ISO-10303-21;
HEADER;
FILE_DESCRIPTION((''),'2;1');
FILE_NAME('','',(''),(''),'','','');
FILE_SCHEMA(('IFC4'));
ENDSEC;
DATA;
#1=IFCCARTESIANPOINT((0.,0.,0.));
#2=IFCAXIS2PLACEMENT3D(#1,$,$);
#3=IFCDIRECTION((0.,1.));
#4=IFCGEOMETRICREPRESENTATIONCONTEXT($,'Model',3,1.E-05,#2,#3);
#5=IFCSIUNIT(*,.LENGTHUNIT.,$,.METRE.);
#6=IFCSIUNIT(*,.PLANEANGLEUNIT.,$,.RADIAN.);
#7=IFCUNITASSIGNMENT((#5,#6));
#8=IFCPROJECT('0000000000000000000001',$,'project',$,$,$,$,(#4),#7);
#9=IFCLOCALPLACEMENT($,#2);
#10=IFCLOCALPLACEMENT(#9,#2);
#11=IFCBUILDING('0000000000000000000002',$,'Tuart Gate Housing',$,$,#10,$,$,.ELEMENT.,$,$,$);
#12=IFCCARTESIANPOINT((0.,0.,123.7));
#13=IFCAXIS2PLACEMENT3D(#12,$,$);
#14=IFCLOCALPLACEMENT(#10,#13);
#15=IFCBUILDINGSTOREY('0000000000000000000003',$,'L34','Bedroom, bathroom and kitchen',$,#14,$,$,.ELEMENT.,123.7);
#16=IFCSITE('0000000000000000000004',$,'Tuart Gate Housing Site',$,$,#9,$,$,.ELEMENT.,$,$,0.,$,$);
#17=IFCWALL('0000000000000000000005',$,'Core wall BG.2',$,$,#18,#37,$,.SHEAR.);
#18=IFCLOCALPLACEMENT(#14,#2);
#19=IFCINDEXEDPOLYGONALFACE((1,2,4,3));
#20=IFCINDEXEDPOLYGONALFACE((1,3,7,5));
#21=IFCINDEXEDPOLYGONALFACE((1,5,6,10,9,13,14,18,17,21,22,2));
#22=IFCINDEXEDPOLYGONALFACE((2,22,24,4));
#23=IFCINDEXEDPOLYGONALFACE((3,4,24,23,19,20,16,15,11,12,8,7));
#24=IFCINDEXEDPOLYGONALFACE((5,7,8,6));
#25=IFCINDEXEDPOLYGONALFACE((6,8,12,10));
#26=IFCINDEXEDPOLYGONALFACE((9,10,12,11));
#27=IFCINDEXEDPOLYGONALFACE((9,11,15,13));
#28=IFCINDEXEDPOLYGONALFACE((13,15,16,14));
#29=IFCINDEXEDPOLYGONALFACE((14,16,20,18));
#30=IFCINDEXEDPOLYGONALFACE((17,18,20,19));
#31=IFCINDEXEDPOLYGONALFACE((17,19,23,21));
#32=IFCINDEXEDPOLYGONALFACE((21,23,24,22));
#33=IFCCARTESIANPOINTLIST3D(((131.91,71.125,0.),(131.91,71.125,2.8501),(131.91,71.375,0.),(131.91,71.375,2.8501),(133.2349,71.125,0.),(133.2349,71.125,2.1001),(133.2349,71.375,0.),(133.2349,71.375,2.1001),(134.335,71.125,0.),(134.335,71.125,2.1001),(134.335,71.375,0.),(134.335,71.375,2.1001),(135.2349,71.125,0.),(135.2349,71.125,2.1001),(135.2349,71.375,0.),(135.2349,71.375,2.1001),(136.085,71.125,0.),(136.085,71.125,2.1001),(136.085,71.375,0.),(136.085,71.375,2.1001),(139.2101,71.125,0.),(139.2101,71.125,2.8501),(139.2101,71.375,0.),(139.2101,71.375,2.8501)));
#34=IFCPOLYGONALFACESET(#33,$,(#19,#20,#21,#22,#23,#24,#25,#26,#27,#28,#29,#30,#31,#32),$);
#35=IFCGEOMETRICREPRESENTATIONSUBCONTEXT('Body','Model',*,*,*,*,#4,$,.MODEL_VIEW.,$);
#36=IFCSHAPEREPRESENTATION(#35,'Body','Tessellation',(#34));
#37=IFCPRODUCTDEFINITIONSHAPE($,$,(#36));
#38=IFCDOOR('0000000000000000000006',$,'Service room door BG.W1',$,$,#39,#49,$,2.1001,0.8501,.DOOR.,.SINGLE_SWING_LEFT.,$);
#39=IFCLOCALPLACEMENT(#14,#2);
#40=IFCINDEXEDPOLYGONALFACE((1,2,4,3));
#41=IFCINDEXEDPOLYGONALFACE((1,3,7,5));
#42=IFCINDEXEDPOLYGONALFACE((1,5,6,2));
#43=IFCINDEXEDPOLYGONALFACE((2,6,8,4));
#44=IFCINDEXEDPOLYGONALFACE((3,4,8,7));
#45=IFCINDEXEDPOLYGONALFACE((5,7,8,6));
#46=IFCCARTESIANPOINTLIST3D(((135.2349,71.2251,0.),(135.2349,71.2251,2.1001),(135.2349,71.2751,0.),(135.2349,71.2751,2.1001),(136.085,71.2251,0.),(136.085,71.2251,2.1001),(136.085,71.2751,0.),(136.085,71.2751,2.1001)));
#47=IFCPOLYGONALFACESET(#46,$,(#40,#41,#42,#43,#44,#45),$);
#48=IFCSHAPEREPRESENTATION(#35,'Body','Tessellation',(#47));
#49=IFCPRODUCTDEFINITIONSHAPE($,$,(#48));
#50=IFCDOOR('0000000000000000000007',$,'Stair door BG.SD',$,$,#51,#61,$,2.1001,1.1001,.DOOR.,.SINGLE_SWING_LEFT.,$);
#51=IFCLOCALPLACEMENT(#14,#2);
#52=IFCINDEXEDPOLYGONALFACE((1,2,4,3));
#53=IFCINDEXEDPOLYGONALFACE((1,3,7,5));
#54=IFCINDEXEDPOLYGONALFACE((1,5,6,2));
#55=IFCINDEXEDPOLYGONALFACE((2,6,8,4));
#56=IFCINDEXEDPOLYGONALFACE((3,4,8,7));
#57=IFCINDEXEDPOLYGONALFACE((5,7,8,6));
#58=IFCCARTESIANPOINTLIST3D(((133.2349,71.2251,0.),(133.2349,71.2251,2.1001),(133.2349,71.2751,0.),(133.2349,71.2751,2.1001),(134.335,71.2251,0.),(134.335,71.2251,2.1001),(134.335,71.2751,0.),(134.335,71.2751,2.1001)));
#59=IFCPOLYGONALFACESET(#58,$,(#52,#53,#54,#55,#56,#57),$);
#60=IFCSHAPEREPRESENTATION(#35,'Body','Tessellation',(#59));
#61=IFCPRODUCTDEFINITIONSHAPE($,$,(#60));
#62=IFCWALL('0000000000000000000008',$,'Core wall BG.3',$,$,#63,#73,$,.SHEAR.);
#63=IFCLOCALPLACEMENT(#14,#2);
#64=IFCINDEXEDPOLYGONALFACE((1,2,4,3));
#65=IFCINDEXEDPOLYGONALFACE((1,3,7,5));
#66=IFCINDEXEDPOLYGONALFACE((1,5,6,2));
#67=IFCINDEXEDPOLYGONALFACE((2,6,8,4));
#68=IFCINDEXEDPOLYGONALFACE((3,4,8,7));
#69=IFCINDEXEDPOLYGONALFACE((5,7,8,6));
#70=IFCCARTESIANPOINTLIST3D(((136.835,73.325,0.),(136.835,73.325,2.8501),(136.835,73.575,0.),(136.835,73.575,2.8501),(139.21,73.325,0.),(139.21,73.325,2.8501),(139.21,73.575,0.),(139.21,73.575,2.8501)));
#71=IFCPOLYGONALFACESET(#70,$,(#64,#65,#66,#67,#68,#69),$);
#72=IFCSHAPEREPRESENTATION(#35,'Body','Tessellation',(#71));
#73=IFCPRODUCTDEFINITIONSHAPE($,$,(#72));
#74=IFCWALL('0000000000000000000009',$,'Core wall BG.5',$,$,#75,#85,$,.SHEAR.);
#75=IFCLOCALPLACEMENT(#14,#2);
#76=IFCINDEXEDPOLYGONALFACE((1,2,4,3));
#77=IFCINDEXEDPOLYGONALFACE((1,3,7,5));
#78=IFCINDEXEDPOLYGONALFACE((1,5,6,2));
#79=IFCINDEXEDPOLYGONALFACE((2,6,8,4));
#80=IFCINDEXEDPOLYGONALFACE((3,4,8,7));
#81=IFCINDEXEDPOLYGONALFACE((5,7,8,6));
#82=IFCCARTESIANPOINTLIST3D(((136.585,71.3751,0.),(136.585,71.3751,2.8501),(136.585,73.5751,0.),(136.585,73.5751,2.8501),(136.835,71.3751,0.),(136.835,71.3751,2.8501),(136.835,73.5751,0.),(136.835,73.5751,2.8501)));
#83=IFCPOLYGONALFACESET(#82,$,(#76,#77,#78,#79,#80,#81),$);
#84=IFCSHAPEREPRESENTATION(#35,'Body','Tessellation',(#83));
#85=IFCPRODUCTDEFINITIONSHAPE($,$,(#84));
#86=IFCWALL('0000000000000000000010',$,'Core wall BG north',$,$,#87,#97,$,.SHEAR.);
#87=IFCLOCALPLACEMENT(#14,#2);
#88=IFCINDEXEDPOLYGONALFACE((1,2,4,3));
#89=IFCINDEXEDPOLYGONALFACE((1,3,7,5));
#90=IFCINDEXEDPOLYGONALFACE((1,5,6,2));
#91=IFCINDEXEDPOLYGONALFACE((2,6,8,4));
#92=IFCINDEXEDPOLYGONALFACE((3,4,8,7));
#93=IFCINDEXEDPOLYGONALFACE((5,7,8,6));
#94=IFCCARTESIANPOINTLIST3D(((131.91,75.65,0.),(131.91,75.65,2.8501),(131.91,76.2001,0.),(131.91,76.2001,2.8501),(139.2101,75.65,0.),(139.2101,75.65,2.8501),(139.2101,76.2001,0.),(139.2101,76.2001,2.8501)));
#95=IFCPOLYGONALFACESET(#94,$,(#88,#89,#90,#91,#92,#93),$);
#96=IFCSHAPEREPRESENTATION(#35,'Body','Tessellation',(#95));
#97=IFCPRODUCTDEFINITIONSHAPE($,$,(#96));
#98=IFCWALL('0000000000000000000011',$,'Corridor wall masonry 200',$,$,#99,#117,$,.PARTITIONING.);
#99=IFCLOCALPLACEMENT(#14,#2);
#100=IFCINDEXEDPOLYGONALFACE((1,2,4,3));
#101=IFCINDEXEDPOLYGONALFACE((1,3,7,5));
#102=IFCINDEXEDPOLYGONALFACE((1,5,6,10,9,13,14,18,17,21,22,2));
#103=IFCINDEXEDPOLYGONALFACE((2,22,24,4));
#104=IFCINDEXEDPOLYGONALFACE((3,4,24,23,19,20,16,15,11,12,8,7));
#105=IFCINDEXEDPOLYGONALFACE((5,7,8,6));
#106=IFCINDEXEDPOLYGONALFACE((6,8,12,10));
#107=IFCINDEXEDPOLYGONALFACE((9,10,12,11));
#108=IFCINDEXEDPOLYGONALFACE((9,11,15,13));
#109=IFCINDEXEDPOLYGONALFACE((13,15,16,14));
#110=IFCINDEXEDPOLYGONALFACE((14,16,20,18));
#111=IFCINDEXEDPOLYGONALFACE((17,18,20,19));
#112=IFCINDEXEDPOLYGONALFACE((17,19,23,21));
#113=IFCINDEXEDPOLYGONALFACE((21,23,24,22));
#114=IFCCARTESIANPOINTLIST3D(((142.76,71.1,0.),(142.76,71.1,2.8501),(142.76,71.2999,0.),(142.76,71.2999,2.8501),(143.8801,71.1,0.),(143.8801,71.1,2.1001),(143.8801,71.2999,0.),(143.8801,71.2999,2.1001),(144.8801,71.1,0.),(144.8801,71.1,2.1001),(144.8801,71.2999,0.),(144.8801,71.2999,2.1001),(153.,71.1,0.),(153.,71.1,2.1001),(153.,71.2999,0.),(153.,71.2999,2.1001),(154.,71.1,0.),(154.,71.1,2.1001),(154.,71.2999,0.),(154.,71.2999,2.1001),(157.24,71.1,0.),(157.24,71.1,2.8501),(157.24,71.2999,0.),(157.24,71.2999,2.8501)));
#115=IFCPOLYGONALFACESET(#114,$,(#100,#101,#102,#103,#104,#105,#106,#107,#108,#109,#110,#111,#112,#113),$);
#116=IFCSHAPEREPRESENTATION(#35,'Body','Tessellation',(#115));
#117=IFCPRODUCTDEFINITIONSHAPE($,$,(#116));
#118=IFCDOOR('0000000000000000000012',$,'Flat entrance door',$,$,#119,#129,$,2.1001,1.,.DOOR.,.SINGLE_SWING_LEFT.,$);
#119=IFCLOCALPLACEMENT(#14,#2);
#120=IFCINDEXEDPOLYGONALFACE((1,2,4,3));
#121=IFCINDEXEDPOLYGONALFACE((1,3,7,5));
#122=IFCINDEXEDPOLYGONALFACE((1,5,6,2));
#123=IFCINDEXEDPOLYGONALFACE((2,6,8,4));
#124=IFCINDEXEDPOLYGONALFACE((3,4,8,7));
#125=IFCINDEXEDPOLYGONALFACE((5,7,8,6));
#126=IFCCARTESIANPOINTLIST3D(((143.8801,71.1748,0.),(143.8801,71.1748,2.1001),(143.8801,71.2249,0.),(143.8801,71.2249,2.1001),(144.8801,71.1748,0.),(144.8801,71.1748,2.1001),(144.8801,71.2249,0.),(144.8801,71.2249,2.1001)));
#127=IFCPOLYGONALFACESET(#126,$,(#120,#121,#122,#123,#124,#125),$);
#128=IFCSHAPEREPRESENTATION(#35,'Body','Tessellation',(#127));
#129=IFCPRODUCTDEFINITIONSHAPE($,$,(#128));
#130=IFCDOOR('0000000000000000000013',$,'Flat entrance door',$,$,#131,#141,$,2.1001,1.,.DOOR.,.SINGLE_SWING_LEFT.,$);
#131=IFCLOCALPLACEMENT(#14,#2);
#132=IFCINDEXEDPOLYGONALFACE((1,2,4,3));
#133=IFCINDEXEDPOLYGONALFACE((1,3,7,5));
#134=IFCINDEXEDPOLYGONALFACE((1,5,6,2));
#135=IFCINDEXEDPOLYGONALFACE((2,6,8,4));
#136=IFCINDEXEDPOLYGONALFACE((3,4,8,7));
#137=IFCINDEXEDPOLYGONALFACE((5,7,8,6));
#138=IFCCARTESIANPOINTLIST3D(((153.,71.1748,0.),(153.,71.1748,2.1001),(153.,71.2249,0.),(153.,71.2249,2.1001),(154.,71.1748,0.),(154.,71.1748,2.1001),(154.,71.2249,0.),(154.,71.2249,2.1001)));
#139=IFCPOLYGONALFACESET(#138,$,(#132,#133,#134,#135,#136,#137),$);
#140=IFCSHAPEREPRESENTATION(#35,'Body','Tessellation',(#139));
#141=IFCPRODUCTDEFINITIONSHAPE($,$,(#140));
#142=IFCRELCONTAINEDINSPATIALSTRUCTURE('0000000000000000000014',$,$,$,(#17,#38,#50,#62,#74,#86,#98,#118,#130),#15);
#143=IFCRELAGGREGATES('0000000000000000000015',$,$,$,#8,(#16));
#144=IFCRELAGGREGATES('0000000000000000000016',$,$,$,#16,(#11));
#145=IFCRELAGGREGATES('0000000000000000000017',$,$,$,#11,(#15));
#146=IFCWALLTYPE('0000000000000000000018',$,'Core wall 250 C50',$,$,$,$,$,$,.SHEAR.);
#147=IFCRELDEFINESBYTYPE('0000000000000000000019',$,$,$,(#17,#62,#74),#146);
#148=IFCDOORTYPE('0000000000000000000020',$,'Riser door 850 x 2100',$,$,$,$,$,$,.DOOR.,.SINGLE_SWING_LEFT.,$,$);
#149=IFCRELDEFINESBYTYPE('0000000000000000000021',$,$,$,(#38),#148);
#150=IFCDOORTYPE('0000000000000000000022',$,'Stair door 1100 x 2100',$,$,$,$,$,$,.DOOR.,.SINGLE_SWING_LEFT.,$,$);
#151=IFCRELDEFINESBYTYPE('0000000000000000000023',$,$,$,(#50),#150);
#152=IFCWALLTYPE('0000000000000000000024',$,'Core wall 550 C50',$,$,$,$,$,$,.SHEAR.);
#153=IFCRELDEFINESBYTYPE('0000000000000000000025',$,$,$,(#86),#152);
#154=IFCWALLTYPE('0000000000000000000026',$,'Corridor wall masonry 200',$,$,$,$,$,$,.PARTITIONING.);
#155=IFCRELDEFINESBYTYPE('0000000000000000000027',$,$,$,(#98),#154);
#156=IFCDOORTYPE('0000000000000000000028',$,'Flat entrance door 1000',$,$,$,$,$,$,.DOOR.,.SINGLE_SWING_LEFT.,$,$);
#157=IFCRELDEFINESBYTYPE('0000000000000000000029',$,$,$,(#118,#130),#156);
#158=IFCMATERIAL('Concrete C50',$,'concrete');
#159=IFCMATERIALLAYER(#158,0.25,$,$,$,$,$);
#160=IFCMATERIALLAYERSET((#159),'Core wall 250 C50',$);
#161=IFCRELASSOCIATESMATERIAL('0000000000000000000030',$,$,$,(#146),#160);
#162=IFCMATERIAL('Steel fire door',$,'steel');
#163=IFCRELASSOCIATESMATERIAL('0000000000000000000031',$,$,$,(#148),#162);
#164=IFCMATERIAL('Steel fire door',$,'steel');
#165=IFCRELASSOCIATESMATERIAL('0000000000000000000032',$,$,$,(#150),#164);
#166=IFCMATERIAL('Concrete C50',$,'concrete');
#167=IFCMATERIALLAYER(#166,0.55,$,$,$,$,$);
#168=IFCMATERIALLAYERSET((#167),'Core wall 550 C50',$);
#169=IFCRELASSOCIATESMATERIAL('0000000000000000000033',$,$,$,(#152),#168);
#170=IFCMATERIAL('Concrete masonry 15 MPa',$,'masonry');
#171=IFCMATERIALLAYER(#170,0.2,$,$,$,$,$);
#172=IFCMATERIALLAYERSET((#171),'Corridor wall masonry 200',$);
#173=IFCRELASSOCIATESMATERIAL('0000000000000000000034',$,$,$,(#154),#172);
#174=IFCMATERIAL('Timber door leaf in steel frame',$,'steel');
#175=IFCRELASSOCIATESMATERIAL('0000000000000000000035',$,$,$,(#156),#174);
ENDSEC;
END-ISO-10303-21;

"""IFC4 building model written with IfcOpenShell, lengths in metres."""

from ifc_helpers import new_model, si_unit, direction, frame, frame_2d, origin, place, context, subcontext, project, spatial, rectangle, extrude, material, layer, layer_set, type_object, element, fill, save


model = new_model("IFC4")

# Units and contexts
model_context = context("Model", 3, precision=1e-05, world=origin(), true_north=direction((0.0, 1.0)))
body_context = subcontext(model_context, "Body", "Model", "MODEL_VIEW")
ifc_project = project(units=[si_unit("LENGTHUNIT", "METRE"), si_unit("PLANEANGLEUNIT", "RADIAN")], contexts=[model_context])

# Site, building, storey
site_placement = place(None, origin())
site = spatial("IfcSite", under=ifc_project, at=site_placement, Name="Tuart Gate Housing Site", CompositionType="ELEMENT", RefElevation=0.0)
building_placement = place(site_placement, origin())
building = spatial("IfcBuilding", under=site, at=building_placement, Name="Tuart Gate Housing", CompositionType="ELEMENT")
storey_placement = place(building_placement, frame((0.0, 0.0, 123.7)))
storey = spatial("IfcBuildingStorey", under=building, at=storey_placement, Name="L34", Description="Bedroom, bathroom and kitchen", CompositionType="ELEMENT", Elevation=123.7)

# Wall, openings, doors
ifc_material_1 = material(Name="Concrete C50", Category="concrete")
ifc_layer_1 = layer(ifc_material_1, 0.25)
ifc_layer_set_1 = layer_set([ifc_layer_1], Name="Core wall 250 C50")
wall_type_1 = type_object("IfcWallType", Name="Core wall 250 C50", PredefinedType="SHEAR", material=ifc_layer_set_1)
wall_1_placement = place(storey_placement, frame((139.21, 71.25, 0.0), z_axis=(0.0, 0.0, 1.0), x_axis=(-1.0, 0.0, 0.0)))
wall_1 = element("IfcWall", 1, at=wall_1_placement, inside=storey, type_object=wall_type_1, Name="Core wall BG.2", PredefinedType="SHEAR", context=body_context, shape_type="SweptSolid", body=[
    extrude(rectangle(XDim=7.3, YDim=0.25, at=frame_2d((3.6499, 0.0))), origin(), (0.0, 0.0, 1.0), 2.8501),
])
opening_1_placement = place(wall_1_placement, frame((4.875, 0.0, 0.0)))
opening_1 = element("IfcOpeningElement", 2, at=opening_1_placement, cuts=wall_1, PredefinedType="OPENING", context=body_context, shape_type="SweptSolid", body=[
    extrude(rectangle(XDim=1.1001, YDim=2.1001, at=frame_2d((0.55, 1.05))), frame((0.0, 0.135, 0.0), z_axis=(0.0, -1.0, 0.0), x_axis=(1.0, 0.0, 0.0)), (0.0, 0.0, 1.0), 0.27),
])
opening_2_placement = place(wall_1_placement, frame((3.125, 0.0, 0.0)))
opening_2 = element("IfcOpeningElement", 3, at=opening_2_placement, cuts=wall_1, PredefinedType="OPENING", context=body_context, shape_type="SweptSolid", body=[
    extrude(rectangle(XDim=0.8501, YDim=2.1001, at=frame_2d((0.425, 1.05))), frame((0.0, 0.135, 0.0), z_axis=(0.0, -1.0, 0.0), x_axis=(1.0, 0.0, 0.0)), (0.0, 0.0, 1.0), 0.27),
])
ifc_material_2 = material(Name="Steel fire door", Category="steel")
door_type_1 = type_object("IfcDoorType", Name="Riser door 850 x 2100", OperationType="SINGLE_SWING_LEFT", PredefinedType="DOOR", material=ifc_material_2)
door_1_placement = place(opening_2_placement, origin())
door_1 = element("IfcDoor", 4, at=door_1_placement, inside=storey, type_object=door_type_1, Name="Service room door BG.W1", OperationType="SINGLE_SWING_LEFT", OverallHeight=2.1001, OverallWidth=0.8501, PredefinedType="DOOR", context=body_context, shape_type="SweptSolid", body=[
    extrude(rectangle(XDim=0.8501, YDim=2.1001, at=frame_2d((0.425, 1.05))), frame((0.0, 0.0249, 0.0), z_axis=(0.0, -1.0, 0.0), x_axis=(1.0, 0.0, 0.0)), (0.0, 0.0, 1.0), 0.05),
])
fill(opening_2, door_1)
ifc_material_3 = material(Name="Steel fire door", Category="steel")
door_type_2 = type_object("IfcDoorType", Name="Stair door 1100 x 2100", OperationType="SINGLE_SWING_LEFT", PredefinedType="DOOR", material=ifc_material_3)
door_2_placement = place(opening_1_placement, origin())
door_2 = element("IfcDoor", 5, at=door_2_placement, inside=storey, type_object=door_type_2, Name="Stair door BG.SD", OperationType="SINGLE_SWING_LEFT", OverallHeight=2.1001, OverallWidth=1.1001, PredefinedType="DOOR", context=body_context, shape_type="SweptSolid", body=[
    extrude(rectangle(XDim=1.1001, YDim=2.1001, at=frame_2d((0.55, 1.05))), frame((0.0, 0.0249, 0.0), z_axis=(0.0, -1.0, 0.0), x_axis=(1.0, 0.0, 0.0)), (0.0, 0.0, 1.0), 0.05),
])
fill(opening_1, door_2)

# Walls
wall_2_placement = place(storey_placement, frame((139.21, 73.45, 0.0), z_axis=(0.0, 0.0, 1.0), x_axis=(-1.0, 0.0, 0.0)))
element("IfcWall", 6, at=wall_2_placement, inside=storey, type_object=wall_type_1, Name="Core wall BG.3", PredefinedType="SHEAR", context=body_context, shape_type="SweptSolid", body=[
    extrude(rectangle(XDim=2.375, YDim=0.25, at=frame_2d((1.1875, 0.0))), origin(), (0.0, 0.0, 1.0), 2.8501),
])
wall_3_placement = place(storey_placement, frame((136.71, 71.375, 0.0), z_axis=(0.0, 0.0, 1.0), x_axis=(0.0, 1.0, 0.0)))
element("IfcWall", 7, at=wall_3_placement, inside=storey, type_object=wall_type_1, Name="Core wall BG.5", PredefinedType="SHEAR", context=body_context, shape_type="SweptSolid", body=[
    extrude(rectangle(XDim=2.2, YDim=0.25, at=frame_2d((1.1001, 0.0))), origin(), (0.0, 0.0, 1.0), 2.8501),
])
ifc_material_4 = material(Name="Concrete C50", Category="concrete")
ifc_layer_2 = layer(ifc_material_4, 0.55)
ifc_layer_set_2 = layer_set([ifc_layer_2], Name="Core wall 550 C50")
wall_type_2 = type_object("IfcWallType", Name="Core wall 550 C50", PredefinedType="SHEAR", material=ifc_layer_set_2)
wall_4_placement = place(storey_placement, frame((139.21, 75.925, 0.0), z_axis=(0.0, 0.0, 1.0), x_axis=(-1.0, 0.0, 0.0)))
element("IfcWall", 8, at=wall_4_placement, inside=storey, type_object=wall_type_2, Name="Core wall BG north", PredefinedType="SHEAR", context=body_context, shape_type="SweptSolid", body=[
    extrude(rectangle(XDim=7.3, YDim=0.55, at=frame_2d((3.6499, 0.0))), origin(), (0.0, 0.0, 1.0), 2.8501),
])

# Wall, openings, doors
ifc_material_5 = material(Name="Concrete masonry 15 MPa", Category="masonry")
ifc_layer_3 = layer(ifc_material_5, 0.2)
ifc_layer_set_3 = layer_set([ifc_layer_3], Name="Corridor wall masonry 200")
wall_type_3 = type_object("IfcWallType", Name="Corridor wall masonry 200", PredefinedType="PARTITIONING", material=ifc_layer_set_3)
wall_5_placement = place(storey_placement, frame((142.76, 71.2, 0.0), z_axis=(0.0, 0.0, 1.0), x_axis=(1.0, 0.0, 0.0)))
wall_5 = element("IfcWall", 9, at=wall_5_placement, inside=storey, type_object=wall_type_3, Name="Corridor wall masonry 200", PredefinedType="PARTITIONING", context=body_context, shape_type="SweptSolid", body=[
    extrude(rectangle(XDim=14.48, YDim=0.2, at=frame_2d((7.24, 0.0))), origin(), (0.0, 0.0, 1.0), 2.8501),
])
opening_3_placement = place(wall_5_placement, frame((1.1201, 0.0, 0.0)))
opening_3 = element("IfcOpeningElement", 10, at=opening_3_placement, cuts=wall_5, PredefinedType="OPENING", context=body_context, shape_type="SweptSolid", body=[
    extrude(rectangle(XDim=1.0, YDim=2.1001, at=frame_2d((0.5, 1.05))), frame((0.0, 0.1099, 0.0), z_axis=(0.0, -1.0, 0.0), x_axis=(1.0, 0.0, 0.0)), (0.0, 0.0, 1.0), 0.22),
])
opening_4_placement = place(wall_5_placement, frame((10.24, 0.0, 0.0)))
opening_4 = element("IfcOpeningElement", 11, at=opening_4_placement, cuts=wall_5, PredefinedType="OPENING", context=body_context, shape_type="SweptSolid", body=[
    extrude(rectangle(XDim=1.0, YDim=2.1001, at=frame_2d((0.5, 1.05))), frame((0.0, 0.1099, 0.0), z_axis=(0.0, -1.0, 0.0), x_axis=(1.0, 0.0, 0.0)), (0.0, 0.0, 1.0), 0.22),
])
ifc_material_6 = material(Name="Timber door leaf in steel frame", Category="steel")
door_type_3 = type_object("IfcDoorType", Name="Flat entrance door 1000", OperationType="SINGLE_SWING_LEFT", PredefinedType="DOOR", material=ifc_material_6)
door_3_placement = place(opening_3_placement, origin())
door_3 = element("IfcDoor", 12, at=door_3_placement, inside=storey, type_object=door_type_3, Name="Flat entrance door", OperationType="SINGLE_SWING_LEFT", OverallHeight=2.1001, OverallWidth=1.0, PredefinedType="DOOR", context=body_context, shape_type="SweptSolid", body=[
    extrude(rectangle(XDim=1.0, YDim=2.1001, at=frame_2d((0.5, 1.05))), frame((0.0, 0.0249, 0.0), z_axis=(0.0, -1.0, 0.0), x_axis=(1.0, 0.0, 0.0)), (0.0, 0.0, 1.0), 0.05),
])
fill(opening_3, door_3)
door_4_placement = place(opening_4_placement, origin())
door_4 = element("IfcDoor", 13, at=door_4_placement, inside=storey, type_object=door_type_3, Name="Flat entrance door", OperationType="SINGLE_SWING_LEFT", OverallHeight=2.1001, OverallWidth=1.0, PredefinedType="DOOR", context=body_context, shape_type="SweptSolid", body=[
    extrude(rectangle(XDim=1.0, YDim=2.1001, at=frame_2d((0.5, 1.05))), frame((0.0, 0.0249, 0.0), z_axis=(0.0, -1.0, 0.0), x_axis=(1.0, 0.0, 0.0)), (0.0, 0.0, 1.0), 0.05),
])
fill(opening_4, door_4)

save(model, "model.ifc")
